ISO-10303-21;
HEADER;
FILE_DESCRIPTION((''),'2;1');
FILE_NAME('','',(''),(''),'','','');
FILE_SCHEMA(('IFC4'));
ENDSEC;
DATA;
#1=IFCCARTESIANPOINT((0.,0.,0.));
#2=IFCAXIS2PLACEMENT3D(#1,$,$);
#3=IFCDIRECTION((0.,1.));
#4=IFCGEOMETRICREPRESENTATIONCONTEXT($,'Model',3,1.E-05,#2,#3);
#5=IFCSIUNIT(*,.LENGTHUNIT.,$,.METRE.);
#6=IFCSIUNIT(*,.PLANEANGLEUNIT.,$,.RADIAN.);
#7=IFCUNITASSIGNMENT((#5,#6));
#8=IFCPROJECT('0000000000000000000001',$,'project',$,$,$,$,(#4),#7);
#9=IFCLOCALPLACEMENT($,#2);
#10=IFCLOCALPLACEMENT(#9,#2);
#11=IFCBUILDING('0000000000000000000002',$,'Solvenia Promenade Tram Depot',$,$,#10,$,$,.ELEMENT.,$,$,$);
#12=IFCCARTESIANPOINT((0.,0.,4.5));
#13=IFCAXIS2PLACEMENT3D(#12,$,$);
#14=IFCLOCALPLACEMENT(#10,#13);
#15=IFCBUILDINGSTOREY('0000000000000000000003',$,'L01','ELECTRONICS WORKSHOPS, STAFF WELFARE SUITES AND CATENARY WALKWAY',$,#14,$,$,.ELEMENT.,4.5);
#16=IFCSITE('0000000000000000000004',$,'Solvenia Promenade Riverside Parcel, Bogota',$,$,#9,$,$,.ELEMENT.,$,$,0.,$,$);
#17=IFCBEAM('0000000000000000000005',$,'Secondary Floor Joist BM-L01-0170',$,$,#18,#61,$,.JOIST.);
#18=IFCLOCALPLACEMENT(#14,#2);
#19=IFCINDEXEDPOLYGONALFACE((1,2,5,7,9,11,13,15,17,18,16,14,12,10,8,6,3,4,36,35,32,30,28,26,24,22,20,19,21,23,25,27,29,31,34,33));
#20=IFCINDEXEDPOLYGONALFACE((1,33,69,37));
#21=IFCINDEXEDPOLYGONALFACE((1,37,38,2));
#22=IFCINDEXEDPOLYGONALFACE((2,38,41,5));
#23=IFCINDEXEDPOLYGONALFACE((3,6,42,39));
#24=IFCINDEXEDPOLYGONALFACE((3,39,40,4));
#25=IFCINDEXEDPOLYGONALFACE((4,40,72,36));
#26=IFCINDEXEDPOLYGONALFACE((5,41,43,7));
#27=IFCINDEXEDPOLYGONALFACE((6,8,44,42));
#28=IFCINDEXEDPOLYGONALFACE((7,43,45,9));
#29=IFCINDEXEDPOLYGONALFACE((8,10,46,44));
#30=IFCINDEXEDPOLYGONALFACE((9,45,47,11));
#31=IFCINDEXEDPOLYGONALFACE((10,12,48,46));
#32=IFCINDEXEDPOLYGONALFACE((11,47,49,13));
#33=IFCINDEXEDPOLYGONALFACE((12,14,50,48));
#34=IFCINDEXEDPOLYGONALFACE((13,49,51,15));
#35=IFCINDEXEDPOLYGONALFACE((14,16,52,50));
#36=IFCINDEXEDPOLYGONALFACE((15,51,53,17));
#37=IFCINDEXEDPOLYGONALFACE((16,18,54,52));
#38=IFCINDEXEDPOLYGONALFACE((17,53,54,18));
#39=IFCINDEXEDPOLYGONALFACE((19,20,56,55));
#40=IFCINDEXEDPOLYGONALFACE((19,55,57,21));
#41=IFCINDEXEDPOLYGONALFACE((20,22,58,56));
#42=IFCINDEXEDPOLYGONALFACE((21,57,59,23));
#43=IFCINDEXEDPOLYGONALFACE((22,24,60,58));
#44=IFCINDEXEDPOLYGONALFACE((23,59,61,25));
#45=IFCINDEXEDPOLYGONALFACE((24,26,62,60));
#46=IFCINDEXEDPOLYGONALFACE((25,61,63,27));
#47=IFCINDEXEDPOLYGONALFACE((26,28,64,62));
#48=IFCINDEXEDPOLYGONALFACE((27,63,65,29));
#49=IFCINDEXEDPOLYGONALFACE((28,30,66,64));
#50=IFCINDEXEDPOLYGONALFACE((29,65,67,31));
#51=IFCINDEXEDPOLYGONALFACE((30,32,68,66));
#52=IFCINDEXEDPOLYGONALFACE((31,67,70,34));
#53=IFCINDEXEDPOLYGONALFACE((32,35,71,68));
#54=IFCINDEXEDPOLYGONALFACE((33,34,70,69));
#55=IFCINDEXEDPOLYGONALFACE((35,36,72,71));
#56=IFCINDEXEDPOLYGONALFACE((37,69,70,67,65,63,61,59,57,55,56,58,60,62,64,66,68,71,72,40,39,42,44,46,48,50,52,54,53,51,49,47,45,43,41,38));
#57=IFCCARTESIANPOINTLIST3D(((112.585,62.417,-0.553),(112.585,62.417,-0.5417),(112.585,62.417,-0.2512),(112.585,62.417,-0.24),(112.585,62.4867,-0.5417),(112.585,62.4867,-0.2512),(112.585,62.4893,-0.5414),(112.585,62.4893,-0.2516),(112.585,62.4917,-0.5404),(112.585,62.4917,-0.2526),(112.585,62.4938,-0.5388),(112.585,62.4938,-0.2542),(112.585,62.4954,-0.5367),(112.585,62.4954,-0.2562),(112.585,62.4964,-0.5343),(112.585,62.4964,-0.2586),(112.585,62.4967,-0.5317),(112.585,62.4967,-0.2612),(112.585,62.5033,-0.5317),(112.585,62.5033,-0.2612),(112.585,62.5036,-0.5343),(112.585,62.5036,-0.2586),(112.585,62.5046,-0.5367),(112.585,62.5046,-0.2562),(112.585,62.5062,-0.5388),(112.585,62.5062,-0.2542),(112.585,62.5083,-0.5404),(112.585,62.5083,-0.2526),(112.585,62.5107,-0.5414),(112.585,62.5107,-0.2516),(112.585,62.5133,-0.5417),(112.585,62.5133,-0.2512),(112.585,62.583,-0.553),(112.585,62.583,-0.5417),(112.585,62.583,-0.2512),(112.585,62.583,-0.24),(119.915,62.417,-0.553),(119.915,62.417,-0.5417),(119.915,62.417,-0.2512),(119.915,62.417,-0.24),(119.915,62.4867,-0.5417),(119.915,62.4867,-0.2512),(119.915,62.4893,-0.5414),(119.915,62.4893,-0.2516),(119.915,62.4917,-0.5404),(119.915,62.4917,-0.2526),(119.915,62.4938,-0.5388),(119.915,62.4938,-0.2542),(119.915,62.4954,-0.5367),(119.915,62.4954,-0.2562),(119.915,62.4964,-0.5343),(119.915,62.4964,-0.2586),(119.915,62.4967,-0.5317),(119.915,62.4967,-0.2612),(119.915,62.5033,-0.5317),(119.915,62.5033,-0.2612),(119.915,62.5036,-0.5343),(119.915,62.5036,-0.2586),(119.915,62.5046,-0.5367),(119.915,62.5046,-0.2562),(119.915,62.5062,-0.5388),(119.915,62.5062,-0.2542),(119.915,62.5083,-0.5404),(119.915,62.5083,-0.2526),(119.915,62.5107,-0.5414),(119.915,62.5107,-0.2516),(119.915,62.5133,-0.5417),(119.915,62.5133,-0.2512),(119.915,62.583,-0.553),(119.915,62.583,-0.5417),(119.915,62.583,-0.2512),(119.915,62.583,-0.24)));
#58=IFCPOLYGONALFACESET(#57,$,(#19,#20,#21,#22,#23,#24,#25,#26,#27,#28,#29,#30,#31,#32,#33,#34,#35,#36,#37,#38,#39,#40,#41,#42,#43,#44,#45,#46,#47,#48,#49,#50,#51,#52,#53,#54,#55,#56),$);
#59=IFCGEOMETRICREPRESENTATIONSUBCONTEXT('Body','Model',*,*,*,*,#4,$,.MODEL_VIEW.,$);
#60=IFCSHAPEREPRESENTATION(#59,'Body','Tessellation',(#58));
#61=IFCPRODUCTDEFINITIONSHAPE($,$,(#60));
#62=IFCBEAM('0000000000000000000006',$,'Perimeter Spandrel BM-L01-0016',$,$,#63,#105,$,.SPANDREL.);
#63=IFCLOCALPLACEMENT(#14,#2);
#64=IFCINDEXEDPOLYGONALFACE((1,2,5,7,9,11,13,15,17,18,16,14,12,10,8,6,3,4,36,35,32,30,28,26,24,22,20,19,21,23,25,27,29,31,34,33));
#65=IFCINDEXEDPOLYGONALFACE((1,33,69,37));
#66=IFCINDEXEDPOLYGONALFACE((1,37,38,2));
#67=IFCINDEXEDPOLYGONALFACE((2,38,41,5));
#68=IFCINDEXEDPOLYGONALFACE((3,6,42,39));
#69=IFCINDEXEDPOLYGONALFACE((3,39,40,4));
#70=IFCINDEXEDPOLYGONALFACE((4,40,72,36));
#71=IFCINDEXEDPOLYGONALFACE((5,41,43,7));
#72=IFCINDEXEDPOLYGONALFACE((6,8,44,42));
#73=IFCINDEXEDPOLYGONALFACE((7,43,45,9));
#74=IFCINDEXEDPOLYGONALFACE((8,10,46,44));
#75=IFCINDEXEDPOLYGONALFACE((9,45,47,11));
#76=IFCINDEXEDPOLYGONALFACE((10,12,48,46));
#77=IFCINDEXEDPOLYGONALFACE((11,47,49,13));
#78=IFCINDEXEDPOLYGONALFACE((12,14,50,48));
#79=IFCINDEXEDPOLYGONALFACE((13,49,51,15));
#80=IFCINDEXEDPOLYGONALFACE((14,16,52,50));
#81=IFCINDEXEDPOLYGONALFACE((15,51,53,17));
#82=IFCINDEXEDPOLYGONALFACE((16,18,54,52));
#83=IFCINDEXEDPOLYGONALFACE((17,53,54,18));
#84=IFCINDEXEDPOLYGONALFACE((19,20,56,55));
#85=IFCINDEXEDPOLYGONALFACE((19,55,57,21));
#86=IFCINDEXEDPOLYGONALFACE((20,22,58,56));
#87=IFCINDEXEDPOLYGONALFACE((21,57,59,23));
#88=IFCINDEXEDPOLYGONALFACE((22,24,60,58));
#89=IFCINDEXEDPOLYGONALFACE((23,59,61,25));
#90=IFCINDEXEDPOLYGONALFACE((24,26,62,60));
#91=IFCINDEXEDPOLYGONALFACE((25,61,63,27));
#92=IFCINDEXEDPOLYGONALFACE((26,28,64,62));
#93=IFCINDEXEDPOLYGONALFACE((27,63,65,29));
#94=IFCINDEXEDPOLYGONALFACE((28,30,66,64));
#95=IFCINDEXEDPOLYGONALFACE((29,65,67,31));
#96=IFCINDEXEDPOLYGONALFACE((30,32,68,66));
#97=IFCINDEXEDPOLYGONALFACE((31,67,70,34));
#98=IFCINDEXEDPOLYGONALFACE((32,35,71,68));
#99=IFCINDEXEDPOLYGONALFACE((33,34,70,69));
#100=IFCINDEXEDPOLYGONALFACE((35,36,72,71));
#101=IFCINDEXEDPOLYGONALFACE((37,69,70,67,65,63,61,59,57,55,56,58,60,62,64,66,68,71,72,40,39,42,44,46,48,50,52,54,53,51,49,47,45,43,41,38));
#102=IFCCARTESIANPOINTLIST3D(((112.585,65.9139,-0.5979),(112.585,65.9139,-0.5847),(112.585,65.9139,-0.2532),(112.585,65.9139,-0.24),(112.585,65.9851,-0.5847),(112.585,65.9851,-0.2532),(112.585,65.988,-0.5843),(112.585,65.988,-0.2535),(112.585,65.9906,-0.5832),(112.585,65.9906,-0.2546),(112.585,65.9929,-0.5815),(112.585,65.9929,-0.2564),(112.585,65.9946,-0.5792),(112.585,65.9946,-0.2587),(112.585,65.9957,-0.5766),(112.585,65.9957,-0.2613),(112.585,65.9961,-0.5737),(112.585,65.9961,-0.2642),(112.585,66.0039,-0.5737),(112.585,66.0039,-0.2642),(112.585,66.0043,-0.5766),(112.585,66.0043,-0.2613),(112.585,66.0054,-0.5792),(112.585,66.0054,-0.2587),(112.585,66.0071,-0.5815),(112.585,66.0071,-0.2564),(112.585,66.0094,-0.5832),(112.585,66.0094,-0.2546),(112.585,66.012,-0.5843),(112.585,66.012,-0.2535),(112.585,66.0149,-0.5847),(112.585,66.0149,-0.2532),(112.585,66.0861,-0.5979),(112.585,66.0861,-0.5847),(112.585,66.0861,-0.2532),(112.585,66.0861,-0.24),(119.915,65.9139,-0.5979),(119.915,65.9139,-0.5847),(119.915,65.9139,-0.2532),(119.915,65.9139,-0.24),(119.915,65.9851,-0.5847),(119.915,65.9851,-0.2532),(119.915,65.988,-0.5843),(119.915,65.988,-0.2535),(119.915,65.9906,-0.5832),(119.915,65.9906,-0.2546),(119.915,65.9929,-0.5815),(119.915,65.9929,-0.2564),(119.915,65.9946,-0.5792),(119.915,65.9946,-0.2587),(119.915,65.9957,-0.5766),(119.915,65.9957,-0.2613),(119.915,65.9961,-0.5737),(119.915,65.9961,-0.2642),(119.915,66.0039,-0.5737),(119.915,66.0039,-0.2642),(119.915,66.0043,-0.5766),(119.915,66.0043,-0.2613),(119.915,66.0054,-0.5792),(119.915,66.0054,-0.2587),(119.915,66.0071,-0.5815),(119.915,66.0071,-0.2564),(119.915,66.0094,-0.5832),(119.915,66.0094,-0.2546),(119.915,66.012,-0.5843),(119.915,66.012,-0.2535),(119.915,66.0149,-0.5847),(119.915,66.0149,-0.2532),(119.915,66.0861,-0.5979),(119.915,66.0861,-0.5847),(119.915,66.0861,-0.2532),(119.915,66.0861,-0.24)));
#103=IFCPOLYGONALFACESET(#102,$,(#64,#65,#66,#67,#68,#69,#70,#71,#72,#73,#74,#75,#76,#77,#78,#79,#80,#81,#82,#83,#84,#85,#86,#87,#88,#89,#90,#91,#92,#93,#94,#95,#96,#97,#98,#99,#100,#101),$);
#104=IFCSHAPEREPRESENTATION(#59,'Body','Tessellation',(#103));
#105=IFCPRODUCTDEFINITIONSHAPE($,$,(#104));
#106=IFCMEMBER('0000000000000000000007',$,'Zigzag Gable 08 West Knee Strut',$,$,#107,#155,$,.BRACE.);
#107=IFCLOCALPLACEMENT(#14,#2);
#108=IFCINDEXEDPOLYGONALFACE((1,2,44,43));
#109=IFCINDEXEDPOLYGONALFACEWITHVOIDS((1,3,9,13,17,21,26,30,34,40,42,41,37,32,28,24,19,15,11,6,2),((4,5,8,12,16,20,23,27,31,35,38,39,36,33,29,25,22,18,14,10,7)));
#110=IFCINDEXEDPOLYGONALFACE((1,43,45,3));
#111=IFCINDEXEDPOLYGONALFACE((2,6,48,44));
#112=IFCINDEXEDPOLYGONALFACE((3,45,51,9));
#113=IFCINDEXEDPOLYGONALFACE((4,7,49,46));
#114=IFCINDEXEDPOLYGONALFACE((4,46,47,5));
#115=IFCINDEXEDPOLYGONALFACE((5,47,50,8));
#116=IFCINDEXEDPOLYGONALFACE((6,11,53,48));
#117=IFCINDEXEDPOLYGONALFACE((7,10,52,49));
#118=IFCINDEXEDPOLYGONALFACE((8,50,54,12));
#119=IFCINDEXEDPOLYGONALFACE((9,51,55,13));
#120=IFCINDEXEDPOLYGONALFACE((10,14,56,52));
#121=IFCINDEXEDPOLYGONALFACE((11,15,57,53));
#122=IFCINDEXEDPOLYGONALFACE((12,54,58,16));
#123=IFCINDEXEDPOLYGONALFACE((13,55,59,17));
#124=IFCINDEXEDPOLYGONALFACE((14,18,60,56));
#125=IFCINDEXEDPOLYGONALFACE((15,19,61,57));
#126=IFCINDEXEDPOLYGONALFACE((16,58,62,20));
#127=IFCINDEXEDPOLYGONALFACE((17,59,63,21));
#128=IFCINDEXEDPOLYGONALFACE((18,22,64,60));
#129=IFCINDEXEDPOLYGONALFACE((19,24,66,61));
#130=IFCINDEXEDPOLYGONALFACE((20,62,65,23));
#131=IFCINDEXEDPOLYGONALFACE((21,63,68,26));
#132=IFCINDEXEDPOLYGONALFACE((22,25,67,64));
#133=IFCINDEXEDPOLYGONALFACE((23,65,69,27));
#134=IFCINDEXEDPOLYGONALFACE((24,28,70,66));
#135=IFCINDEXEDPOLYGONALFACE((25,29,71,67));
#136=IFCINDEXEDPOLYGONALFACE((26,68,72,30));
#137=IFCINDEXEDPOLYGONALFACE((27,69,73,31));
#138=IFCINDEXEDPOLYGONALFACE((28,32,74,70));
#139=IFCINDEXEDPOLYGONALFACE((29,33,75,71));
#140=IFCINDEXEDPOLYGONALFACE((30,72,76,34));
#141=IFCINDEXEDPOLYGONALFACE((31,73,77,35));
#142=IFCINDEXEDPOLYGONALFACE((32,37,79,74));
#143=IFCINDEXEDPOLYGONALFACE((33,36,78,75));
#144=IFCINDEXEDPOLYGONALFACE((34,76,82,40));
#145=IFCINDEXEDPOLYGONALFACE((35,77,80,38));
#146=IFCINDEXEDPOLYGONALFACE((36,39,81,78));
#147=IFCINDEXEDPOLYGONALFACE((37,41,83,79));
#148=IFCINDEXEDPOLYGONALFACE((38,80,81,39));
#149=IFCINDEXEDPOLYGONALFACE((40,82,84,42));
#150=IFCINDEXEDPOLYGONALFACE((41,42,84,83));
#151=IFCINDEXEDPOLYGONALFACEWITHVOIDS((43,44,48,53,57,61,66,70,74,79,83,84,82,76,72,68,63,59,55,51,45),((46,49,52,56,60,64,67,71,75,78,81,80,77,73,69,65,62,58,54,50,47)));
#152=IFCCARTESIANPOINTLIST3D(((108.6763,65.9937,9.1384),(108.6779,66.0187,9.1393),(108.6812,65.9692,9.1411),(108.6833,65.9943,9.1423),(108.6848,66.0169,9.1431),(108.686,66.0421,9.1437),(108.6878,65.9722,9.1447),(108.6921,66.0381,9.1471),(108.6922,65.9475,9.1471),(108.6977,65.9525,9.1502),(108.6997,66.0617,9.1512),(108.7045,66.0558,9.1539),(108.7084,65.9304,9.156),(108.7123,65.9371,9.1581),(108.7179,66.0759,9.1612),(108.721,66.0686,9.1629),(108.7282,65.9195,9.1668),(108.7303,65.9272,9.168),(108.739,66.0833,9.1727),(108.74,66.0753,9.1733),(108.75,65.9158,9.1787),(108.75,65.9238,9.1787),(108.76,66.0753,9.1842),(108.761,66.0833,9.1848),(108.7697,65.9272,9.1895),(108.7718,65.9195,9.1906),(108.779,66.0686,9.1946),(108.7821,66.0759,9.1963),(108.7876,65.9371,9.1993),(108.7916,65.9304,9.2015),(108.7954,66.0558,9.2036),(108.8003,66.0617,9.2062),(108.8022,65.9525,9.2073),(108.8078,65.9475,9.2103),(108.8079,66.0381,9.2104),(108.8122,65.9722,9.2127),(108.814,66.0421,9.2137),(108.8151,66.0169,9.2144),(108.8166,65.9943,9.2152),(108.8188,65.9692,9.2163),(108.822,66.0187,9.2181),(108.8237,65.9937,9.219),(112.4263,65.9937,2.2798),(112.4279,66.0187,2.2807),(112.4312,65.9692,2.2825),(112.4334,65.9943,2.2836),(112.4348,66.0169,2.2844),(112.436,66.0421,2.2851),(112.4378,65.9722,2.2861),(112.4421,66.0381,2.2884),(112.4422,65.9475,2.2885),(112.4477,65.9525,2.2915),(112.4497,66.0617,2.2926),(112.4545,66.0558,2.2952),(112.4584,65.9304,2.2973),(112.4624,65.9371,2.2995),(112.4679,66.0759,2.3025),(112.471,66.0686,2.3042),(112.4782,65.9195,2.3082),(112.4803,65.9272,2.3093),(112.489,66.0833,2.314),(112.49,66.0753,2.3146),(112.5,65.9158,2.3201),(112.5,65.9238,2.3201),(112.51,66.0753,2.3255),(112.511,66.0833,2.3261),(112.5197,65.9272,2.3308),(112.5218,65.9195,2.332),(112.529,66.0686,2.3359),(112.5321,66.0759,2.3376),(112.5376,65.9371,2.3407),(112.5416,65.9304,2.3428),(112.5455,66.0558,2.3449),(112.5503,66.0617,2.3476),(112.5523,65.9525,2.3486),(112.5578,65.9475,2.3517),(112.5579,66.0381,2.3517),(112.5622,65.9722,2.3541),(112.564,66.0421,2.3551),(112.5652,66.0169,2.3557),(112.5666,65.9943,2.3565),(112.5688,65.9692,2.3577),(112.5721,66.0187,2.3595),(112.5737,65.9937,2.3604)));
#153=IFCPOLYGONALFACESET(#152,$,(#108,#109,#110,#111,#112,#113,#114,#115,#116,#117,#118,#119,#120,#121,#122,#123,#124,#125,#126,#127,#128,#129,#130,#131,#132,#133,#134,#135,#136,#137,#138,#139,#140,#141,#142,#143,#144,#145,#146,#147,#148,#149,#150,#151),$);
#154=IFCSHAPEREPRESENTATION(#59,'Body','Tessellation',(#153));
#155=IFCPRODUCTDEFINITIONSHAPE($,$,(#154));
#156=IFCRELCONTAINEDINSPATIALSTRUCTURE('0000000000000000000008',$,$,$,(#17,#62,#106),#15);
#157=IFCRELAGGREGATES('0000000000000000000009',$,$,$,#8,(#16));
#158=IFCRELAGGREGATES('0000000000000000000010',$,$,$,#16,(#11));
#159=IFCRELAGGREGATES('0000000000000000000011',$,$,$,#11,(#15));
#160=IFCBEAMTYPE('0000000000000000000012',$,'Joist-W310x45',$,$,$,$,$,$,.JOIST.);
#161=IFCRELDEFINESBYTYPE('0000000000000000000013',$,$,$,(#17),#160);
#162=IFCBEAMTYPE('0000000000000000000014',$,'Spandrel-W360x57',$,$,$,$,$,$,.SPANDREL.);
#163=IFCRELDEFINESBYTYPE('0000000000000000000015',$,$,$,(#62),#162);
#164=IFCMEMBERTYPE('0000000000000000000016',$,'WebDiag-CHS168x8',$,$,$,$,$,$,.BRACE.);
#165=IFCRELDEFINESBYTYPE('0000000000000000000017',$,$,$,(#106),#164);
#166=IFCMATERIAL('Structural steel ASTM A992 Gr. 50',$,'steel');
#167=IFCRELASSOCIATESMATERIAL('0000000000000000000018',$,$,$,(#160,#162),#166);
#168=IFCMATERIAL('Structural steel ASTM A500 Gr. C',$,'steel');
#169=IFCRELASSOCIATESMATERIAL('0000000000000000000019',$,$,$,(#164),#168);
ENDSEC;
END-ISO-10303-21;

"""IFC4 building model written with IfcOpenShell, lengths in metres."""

from ifc_helpers import new_model, si_unit, direction, frame, origin, origin_2d, place, context, subcontext, project, spatial, hollow_circle, i_section, extrude, material, material_profile, profile_set, type_object, element, save


model = new_model("IFC4")

# Units and contexts
model_context = context("Model", 3, precision=1e-05, world=origin(), true_north=direction((0.0, 1.0)))
body_context = subcontext(model_context, "Body", "Model", "MODEL_VIEW")
ifc_project = project(units=[si_unit("LENGTHUNIT", "METRE"), si_unit("PLANEANGLEUNIT", "RADIAN")], contexts=[model_context])

# Site, building, storey
site_placement = place(None, origin())
site = spatial("IfcSite", under=ifc_project, at=site_placement, Name="Solvenia Promenade Riverside Parcel, Bogota", CompositionType="ELEMENT", RefElevation=0.0)
building_placement = place(site_placement, origin())
building = spatial("IfcBuilding", under=site, at=building_placement, Name="Solvenia Promenade Tram Depot", CompositionType="ELEMENT")
storey_placement = place(building_placement, frame((0.0, 0.0, 4.5)))
storey = spatial("IfcBuildingStorey", under=building, at=storey_placement, Name="L01", Description="ELECTRONICS WORKSHOPS, STAFF WELFARE SUITES AND CATENARY WALKWAY", CompositionType="ELEMENT", Elevation=4.5)

# Shared definitions
ifc_material_1 = material(Name="Structural steel ASTM A992 Gr. 50", Category="steel")

# Shared definitions
ifc_material_2 = material(Name="Structural steel ASTM A500 Gr. C", Category="steel")

# Beams
ifc_material_profile_1 = material_profile(ifc_material_1, i_section(OverallWidth=0.166, OverallDepth=0.313, WebThickness=0.0066, FlangeThickness=0.0112, FilletRadius=0.01, at=origin_2d()), Name="W310x45", Category="steel")
ifc_profile_set_1 = profile_set([ifc_material_profile_1], Name="Structural steel ASTM A992 Gr. 50")
beam_type_1 = type_object("IfcBeamType", Name="Joist-W310x45", PredefinedType="JOIST", material=ifc_profile_set_1)
beam_1_placement = place(storey_placement, frame((112.585, 62.5, -0.3965), z_axis=(1.0, 0.0, 0.0), x_axis=(0.0, 1.0, 0.0)))
element("IfcBeam", 1, at=beam_1_placement, inside=storey, type_object=beam_type_1, Name="Secondary Floor Joist BM-L01-0170", PredefinedType="JOIST", context=body_context, shape_type="SweptSolid", body=[
    extrude(i_section(OverallWidth=0.166, OverallDepth=0.313, WebThickness=0.0066, FlangeThickness=0.0112, FilletRadius=0.01, at=origin_2d()), origin(), (0.0, 0.0, 1.0), 7.3301),
])
ifc_material_profile_2 = material_profile(ifc_material_1, i_section(OverallWidth=0.1721, OverallDepth=0.3579, WebThickness=0.0078, FlangeThickness=0.0132, FilletRadius=0.011, at=origin_2d()), Name="W360x57", Category="steel")
ifc_profile_set_2 = profile_set([ifc_material_profile_2], Name="Structural steel ASTM A992 Gr. 50")
beam_type_2 = type_object("IfcBeamType", Name="Spandrel-W360x57", PredefinedType="SPANDREL", material=ifc_profile_set_2)
beam_2_placement = place(storey_placement, frame((112.585, 66.0, -0.4189), z_axis=(1.0, 0.0, 0.0), x_axis=(0.0, 1.0, 0.0)))
element("IfcBeam", 2, at=beam_2_placement, inside=storey, type_object=beam_type_2, Name="Perimeter Spandrel BM-L01-0016", PredefinedType="SPANDREL", context=body_context, shape_type="SweptSolid", body=[
    extrude(i_section(OverallWidth=0.1721, OverallDepth=0.3579, WebThickness=0.0078, FlangeThickness=0.0132, FilletRadius=0.011, at=origin_2d()), origin(), (0.0, 0.0, 1.0), 7.3301),
])

# Member
ifc_material_profile_3 = material_profile(ifc_material_2, hollow_circle(Radius=0.0842, WallThickness=0.0081, at=origin_2d()), Name="CHS168.3x8", Category="steel")
ifc_profile_set_3 = profile_set([ifc_material_profile_3], Name="Structural steel ASTM A500 Gr. C")
member_type_1 = type_object("IfcMemberType", Name="WebDiag-CHS168x8", PredefinedType="BRACE", material=ifc_profile_set_3)
for number, where, z_axis, x_axis, name in (
    (3, (112.5, 66.0, 2.3201), (-0.479732, 0.0, 0.877415), (0.0, -1.0, 0.0), "Zigzag Gable 08 West Knee Strut"),
):
    element("IfcMember", number, at=place(storey_placement, frame(where, z_axis=z_axis, x_axis=x_axis)), inside=storey, type_object=member_type_1, Name=name, PredefinedType="BRACE", context=body_context, shape_type="SweptSolid", body=[
        extrude(hollow_circle(Radius=0.0842, WallThickness=0.0081, at=origin_2d()), origin(), (0.0, 0.0, 1.0), 7.8169),
    ])

save(model, "model.ifc")
